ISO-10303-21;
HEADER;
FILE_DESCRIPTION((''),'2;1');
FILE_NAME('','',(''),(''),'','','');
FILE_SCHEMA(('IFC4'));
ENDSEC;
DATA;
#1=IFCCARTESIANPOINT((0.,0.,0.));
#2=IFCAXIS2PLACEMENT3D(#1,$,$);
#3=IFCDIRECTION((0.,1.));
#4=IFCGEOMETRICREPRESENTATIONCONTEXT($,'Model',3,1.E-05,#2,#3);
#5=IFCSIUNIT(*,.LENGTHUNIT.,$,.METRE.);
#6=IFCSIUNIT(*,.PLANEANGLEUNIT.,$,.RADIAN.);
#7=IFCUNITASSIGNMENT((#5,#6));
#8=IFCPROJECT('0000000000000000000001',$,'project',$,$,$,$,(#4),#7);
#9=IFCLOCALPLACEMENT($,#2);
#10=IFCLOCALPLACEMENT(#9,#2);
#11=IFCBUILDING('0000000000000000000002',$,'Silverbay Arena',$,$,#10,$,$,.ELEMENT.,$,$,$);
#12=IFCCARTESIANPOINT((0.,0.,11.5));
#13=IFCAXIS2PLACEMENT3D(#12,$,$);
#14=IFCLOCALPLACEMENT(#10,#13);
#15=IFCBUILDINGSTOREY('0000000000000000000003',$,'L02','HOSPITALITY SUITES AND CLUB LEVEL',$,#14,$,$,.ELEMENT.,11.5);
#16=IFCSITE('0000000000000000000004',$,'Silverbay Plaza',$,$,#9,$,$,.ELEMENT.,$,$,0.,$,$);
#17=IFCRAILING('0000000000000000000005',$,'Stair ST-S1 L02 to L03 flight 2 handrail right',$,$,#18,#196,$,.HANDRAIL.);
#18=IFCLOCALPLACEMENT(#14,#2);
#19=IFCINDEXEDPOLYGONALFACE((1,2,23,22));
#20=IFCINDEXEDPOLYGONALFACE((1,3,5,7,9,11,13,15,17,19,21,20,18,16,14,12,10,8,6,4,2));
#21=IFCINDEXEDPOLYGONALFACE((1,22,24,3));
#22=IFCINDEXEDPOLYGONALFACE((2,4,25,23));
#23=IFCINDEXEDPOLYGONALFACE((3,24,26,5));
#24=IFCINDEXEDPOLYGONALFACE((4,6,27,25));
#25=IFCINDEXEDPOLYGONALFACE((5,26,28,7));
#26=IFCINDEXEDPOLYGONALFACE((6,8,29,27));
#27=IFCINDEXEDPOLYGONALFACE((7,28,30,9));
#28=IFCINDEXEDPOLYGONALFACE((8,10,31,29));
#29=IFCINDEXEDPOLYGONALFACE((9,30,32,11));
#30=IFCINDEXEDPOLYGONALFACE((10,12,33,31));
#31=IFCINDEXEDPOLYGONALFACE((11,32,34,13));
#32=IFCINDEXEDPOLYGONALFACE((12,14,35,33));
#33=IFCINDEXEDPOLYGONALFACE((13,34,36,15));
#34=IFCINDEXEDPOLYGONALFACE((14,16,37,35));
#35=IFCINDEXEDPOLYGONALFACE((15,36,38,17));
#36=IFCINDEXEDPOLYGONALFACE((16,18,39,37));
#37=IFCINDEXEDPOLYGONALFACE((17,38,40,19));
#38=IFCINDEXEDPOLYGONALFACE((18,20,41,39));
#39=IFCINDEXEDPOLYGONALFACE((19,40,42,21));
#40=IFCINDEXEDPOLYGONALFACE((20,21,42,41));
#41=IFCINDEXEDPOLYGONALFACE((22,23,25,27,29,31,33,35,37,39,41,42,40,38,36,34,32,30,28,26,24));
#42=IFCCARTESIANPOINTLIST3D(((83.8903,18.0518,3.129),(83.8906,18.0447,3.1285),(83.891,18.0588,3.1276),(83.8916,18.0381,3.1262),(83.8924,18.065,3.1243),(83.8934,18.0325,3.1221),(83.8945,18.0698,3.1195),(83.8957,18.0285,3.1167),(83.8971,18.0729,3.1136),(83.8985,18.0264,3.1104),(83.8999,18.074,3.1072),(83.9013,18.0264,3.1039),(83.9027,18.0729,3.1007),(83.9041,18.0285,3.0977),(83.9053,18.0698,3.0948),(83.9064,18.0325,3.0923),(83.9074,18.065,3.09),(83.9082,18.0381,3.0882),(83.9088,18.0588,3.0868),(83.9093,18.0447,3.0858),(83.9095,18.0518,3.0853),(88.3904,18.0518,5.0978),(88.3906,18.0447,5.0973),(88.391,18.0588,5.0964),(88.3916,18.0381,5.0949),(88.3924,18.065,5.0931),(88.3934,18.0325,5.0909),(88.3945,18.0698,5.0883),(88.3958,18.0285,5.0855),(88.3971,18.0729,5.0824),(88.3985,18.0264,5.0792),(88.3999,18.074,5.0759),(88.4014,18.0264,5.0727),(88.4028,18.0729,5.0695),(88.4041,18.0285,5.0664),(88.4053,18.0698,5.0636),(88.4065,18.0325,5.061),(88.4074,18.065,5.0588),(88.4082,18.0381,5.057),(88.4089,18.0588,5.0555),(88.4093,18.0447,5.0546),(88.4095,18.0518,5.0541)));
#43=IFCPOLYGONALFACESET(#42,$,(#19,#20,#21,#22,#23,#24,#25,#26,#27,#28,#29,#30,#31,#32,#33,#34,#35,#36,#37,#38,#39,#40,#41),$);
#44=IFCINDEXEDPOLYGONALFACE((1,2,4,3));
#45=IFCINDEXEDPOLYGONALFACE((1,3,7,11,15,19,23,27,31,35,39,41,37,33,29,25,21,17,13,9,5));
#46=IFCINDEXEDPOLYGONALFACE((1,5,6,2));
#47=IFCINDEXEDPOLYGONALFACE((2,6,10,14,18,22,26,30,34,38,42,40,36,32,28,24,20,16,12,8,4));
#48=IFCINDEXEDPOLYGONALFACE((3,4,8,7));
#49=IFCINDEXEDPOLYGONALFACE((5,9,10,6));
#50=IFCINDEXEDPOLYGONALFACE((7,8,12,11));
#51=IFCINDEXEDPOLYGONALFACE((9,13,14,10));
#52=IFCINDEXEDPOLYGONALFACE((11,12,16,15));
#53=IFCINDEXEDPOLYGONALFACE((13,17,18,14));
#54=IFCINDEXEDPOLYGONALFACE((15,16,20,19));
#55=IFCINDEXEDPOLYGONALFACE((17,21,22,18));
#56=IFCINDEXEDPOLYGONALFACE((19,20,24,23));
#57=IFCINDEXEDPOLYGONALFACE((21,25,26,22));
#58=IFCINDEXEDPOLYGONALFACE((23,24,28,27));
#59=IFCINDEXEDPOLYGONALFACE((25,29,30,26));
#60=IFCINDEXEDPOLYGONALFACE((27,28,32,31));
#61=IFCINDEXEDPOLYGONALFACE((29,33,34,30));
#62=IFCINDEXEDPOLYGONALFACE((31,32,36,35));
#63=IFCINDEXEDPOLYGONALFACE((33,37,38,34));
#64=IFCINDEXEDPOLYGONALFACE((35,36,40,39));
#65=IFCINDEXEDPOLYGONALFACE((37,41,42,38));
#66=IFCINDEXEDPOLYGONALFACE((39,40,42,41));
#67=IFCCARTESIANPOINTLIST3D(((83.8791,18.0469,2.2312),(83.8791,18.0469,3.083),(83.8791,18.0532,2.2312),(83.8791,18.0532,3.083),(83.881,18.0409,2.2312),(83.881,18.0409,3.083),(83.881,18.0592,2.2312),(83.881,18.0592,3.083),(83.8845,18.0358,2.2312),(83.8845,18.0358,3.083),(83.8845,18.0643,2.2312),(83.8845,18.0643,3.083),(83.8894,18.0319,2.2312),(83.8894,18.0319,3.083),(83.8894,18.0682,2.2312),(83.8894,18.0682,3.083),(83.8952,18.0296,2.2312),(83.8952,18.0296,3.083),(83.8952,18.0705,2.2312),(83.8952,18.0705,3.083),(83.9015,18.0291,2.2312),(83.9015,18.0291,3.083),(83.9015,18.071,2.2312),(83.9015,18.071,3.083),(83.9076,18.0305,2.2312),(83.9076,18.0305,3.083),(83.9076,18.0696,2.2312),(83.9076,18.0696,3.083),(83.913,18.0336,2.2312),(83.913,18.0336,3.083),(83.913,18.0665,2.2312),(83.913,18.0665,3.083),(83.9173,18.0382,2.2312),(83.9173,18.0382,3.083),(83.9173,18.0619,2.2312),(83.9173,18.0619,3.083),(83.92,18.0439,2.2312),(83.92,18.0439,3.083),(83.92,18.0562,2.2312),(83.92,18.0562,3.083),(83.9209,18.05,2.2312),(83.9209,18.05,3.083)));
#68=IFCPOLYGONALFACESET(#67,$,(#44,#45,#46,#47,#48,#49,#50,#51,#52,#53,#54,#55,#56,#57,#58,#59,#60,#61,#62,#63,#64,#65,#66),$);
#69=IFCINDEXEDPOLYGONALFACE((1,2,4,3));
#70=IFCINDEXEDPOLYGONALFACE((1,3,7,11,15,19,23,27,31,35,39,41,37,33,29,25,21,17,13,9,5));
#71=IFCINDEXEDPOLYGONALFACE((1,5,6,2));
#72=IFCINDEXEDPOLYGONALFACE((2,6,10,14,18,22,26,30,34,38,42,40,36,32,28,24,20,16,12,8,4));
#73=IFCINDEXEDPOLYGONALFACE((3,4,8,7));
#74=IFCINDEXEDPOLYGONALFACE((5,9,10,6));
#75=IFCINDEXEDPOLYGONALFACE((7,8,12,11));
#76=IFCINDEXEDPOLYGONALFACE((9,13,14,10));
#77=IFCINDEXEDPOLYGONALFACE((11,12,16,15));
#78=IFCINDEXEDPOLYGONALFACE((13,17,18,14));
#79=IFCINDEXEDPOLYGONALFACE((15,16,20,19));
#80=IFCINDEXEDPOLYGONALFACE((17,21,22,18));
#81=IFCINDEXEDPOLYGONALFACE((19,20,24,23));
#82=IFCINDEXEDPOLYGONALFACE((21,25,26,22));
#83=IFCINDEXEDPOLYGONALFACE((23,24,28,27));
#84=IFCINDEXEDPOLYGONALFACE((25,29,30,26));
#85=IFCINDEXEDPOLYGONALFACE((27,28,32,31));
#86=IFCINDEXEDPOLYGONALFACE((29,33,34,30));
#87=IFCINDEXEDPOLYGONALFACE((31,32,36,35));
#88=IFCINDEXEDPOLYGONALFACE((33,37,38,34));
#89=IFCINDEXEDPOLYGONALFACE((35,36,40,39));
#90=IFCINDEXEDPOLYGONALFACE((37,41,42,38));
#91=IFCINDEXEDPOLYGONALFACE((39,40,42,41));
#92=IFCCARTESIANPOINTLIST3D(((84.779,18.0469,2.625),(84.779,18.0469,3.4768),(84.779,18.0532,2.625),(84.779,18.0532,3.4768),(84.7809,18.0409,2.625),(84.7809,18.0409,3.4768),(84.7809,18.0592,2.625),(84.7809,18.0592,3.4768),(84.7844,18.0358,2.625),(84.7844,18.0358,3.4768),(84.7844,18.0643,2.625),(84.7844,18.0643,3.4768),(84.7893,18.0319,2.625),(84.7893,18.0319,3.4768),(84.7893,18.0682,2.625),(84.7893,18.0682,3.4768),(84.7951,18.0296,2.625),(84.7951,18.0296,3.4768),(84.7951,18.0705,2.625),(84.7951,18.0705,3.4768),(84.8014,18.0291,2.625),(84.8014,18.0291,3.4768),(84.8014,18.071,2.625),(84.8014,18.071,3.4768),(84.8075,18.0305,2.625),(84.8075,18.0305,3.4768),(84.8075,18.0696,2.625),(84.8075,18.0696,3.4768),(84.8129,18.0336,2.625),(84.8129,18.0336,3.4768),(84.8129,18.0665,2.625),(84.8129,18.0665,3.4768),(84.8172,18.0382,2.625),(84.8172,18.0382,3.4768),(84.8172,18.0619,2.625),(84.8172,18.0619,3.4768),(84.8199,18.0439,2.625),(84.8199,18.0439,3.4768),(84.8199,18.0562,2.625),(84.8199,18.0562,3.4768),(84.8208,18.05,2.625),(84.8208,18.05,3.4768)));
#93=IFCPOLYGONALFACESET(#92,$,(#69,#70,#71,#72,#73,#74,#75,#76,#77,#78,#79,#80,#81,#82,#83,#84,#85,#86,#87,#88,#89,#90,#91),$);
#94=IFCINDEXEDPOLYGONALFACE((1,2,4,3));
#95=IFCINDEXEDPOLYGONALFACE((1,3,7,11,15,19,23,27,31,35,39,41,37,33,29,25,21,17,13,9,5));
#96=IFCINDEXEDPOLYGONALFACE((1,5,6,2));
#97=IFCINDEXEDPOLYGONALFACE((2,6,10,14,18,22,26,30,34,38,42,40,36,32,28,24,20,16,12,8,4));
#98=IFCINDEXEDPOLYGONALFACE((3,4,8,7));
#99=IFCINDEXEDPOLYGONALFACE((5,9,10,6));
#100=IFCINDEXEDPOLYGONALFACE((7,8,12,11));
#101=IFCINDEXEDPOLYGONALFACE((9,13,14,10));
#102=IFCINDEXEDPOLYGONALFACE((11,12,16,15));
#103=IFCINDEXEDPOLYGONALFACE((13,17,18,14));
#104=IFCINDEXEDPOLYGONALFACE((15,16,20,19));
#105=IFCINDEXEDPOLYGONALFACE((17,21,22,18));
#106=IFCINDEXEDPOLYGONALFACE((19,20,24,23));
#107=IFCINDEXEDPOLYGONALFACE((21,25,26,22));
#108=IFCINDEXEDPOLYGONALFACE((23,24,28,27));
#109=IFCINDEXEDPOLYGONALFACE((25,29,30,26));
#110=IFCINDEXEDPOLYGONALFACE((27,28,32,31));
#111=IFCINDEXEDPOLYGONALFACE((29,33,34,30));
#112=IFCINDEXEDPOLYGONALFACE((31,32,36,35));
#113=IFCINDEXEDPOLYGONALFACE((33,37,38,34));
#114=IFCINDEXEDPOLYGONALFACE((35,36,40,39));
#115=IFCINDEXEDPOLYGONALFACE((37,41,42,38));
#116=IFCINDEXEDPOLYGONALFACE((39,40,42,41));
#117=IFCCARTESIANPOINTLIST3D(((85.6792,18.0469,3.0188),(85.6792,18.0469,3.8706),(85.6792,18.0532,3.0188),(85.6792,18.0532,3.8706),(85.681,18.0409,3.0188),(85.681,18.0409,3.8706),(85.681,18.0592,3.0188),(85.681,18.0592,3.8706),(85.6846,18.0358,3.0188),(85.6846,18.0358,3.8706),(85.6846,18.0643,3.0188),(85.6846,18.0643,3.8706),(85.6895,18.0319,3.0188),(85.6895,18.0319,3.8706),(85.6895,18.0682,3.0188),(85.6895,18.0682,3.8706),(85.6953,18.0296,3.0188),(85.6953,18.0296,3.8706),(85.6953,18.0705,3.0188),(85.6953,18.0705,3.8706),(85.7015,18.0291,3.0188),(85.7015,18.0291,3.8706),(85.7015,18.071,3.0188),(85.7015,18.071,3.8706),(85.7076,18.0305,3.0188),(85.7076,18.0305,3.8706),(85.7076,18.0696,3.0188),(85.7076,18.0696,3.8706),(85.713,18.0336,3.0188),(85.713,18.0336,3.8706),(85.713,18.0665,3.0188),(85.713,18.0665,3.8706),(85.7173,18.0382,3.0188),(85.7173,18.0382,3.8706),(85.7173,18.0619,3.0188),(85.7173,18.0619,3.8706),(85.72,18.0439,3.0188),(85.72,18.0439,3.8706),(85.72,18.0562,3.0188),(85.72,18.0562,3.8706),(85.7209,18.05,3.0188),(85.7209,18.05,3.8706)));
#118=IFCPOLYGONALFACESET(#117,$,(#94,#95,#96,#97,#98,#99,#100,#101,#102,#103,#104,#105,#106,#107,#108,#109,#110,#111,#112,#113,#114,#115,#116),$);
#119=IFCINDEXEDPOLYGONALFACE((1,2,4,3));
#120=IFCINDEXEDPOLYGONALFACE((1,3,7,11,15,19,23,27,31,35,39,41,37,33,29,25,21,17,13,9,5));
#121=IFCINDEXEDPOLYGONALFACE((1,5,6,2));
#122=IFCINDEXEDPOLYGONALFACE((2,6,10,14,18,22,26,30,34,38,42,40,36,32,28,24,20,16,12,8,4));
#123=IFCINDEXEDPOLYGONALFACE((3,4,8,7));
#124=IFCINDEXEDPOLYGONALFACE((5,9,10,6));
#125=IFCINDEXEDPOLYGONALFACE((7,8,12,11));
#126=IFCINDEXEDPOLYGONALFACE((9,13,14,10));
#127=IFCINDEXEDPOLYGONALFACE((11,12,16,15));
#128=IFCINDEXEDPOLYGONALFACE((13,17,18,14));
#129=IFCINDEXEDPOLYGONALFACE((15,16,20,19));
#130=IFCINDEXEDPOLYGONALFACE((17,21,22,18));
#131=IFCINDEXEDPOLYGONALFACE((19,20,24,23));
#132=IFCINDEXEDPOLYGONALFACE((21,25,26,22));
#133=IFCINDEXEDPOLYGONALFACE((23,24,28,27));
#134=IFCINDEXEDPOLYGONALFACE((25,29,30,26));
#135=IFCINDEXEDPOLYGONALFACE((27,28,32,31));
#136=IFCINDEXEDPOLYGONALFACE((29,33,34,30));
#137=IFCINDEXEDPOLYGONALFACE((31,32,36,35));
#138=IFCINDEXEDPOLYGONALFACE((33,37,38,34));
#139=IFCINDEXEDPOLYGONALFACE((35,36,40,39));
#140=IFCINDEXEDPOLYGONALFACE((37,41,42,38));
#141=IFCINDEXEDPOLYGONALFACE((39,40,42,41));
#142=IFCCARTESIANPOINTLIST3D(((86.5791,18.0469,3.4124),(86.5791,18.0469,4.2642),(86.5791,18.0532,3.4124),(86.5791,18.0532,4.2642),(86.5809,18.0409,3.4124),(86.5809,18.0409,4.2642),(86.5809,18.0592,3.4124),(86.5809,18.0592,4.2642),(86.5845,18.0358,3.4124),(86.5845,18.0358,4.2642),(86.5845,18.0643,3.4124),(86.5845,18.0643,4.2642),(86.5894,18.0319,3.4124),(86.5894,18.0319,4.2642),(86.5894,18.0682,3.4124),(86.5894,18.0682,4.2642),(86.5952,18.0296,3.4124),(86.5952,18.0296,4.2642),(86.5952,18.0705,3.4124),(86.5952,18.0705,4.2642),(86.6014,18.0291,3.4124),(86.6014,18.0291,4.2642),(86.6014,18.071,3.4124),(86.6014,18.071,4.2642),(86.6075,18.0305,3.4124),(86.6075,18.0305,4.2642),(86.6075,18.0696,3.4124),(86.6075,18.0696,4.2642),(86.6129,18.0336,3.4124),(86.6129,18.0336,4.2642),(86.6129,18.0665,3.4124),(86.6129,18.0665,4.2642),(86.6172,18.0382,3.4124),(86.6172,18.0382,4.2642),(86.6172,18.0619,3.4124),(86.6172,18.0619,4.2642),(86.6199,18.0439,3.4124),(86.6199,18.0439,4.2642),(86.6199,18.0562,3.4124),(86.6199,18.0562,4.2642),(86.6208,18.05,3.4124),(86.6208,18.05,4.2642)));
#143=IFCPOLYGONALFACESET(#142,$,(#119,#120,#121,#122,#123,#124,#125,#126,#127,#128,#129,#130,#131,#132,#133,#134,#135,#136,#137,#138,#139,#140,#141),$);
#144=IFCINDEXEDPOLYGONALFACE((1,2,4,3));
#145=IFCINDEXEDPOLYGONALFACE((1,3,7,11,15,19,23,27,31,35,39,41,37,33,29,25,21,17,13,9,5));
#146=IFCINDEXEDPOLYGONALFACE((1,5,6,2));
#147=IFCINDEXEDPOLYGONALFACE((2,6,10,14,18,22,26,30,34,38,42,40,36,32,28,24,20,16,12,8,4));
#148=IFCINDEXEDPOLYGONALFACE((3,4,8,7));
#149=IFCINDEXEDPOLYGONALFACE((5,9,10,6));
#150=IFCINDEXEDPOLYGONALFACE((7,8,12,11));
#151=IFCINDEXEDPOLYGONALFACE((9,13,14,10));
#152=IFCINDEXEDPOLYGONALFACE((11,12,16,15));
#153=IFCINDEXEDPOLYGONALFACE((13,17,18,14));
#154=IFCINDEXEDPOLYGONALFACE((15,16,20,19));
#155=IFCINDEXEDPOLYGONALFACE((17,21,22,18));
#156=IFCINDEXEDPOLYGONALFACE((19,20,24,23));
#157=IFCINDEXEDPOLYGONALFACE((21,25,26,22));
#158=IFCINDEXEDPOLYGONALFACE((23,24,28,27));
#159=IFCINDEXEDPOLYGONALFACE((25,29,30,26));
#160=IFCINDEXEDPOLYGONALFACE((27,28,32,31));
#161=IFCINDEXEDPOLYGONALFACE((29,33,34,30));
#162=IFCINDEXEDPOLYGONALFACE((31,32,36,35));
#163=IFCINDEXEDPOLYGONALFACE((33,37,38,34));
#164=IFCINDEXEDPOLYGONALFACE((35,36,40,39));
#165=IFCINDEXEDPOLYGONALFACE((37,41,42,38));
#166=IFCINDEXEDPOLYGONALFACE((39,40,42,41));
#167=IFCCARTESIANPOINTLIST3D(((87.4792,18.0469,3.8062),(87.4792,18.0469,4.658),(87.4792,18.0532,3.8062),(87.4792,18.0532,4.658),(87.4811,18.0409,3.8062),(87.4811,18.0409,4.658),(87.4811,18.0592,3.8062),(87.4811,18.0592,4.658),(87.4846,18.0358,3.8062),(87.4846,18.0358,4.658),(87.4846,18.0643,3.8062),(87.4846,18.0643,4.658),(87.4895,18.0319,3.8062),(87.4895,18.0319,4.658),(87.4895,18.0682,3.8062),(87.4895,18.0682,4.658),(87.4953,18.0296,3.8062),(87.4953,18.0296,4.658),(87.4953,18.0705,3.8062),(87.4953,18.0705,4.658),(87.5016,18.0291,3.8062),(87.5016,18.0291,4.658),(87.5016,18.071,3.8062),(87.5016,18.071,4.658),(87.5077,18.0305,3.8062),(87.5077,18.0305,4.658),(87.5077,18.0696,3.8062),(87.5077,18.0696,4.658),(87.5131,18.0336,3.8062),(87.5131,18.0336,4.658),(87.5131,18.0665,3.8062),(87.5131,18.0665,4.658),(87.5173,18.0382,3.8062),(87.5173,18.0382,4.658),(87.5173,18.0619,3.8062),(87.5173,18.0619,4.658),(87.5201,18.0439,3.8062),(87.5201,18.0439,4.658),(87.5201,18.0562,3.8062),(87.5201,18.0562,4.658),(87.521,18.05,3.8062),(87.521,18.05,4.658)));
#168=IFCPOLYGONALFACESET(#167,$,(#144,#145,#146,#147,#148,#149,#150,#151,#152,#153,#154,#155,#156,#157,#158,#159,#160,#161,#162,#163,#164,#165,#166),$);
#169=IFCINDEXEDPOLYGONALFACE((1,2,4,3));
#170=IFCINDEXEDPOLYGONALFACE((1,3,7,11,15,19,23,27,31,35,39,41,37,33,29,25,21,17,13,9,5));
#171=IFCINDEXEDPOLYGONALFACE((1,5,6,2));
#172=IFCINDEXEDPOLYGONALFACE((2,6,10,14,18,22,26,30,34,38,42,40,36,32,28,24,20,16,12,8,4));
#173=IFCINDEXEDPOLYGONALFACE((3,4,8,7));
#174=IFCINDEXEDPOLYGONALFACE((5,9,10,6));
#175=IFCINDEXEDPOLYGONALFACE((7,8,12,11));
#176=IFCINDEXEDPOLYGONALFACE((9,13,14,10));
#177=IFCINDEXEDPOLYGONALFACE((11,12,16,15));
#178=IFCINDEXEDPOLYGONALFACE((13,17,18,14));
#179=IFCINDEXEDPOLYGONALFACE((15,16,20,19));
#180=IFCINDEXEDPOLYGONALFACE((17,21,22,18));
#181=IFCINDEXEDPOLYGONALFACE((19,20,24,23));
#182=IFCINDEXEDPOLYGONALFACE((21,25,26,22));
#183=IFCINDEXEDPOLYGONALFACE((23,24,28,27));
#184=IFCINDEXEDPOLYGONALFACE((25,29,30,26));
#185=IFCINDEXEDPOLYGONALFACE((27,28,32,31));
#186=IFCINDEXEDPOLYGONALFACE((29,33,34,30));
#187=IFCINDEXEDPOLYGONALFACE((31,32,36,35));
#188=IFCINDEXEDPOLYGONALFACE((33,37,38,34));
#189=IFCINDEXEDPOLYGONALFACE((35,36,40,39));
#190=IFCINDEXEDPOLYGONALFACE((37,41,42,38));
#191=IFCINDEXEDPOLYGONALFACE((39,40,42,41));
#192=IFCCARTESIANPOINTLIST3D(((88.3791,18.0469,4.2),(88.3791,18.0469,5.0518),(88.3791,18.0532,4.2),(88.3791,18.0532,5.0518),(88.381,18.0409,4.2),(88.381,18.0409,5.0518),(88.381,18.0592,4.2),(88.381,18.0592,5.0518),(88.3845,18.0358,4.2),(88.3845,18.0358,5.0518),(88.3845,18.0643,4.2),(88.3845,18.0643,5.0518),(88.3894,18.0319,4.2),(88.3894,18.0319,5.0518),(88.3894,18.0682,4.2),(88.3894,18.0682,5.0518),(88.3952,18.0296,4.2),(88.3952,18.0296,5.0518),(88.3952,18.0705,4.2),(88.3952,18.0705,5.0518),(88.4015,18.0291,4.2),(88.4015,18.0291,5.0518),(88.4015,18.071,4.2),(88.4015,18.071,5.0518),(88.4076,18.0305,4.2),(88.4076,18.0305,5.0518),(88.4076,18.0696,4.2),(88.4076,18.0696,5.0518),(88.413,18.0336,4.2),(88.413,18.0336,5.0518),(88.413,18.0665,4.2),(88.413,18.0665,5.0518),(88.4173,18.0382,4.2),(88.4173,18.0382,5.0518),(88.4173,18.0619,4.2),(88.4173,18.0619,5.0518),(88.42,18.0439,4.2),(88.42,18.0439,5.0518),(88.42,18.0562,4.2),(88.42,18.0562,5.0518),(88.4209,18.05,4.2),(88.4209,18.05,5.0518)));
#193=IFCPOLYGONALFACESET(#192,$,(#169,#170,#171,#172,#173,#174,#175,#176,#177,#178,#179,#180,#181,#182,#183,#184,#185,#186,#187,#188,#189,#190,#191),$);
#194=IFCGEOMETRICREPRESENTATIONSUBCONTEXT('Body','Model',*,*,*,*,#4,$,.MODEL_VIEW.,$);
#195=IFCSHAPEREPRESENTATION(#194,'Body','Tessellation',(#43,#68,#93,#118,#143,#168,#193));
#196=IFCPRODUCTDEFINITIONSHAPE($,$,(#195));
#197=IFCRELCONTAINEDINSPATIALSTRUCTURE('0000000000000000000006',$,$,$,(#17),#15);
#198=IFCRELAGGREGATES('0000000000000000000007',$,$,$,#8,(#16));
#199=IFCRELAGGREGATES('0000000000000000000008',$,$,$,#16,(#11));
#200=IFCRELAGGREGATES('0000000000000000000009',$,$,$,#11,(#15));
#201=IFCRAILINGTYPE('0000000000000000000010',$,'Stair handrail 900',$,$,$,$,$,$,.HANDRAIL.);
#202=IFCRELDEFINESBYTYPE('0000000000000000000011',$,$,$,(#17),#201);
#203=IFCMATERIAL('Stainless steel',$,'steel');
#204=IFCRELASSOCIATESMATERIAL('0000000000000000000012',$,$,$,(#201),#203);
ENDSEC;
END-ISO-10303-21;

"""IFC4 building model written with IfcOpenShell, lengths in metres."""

from ifc_helpers import new_model, si_unit, direction, frame, origin, origin_2d, place, context, subcontext, project, spatial, circle, extrude, material, type_object, element, save


model = new_model("IFC4")

# Units and contexts
model_context = context("Model", 3, precision=1e-05, world=origin(), true_north=direction((0.0, 1.0)))
body_context = subcontext(model_context, "Body", "Model", "MODEL_VIEW")
ifc_project = project(units=[si_unit("LENGTHUNIT", "METRE"), si_unit("PLANEANGLEUNIT", "RADIAN")], contexts=[model_context])

# Site, building, storey
site_placement = place(None, origin())
site = spatial("IfcSite", under=ifc_project, at=site_placement, Name="Silverbay Plaza", CompositionType="ELEMENT", RefElevation=0.0)
building_placement = place(site_placement, origin())
building = spatial("IfcBuilding", under=site, at=building_placement, Name="Silverbay Arena", CompositionType="ELEMENT")
storey_placement = place(building_placement, frame((0.0, 0.0, 11.5)))
storey = spatial("IfcBuildingStorey", under=building, at=storey_placement, Name="L02", Description="HOSPITALITY SUITES AND CLUB LEVEL", CompositionType="ELEMENT", Elevation=11.5)

# Railing
ifc_material_1 = material(Name="Stainless steel", Category="steel")
railing_type = type_object("IfcRailingType", Name="Stair handrail 900", PredefinedType="HANDRAIL", material=ifc_material_1)
railing_1_placement = place(storey_placement, frame((83.8999, 18.05, 2.2312)))
element("IfcRailing", 1, at=railing_1_placement, inside=storey, type_object=railing_type, Name="Stair ST-S1 L02 to L03 flight 2 handrail right", PredefinedType="HANDRAIL", context=body_context, shape_type="SweptSolid", body=[
    extrude(circle(Radius=0.0239, at=origin_2d()), frame((0.0, 0.0, 0.876), z_axis=(0.916157, 0.0, 0.400819), x_axis=(0.0, 1.0, 0.0)), (0.0, 0.0, 1.0), 4.9119),
    extrude(circle(Radius=0.021, at=origin_2d()), origin(), (0.0, 0.0, 1.0), 0.8518),
    extrude(circle(Radius=0.021, at=origin_2d()), frame((0.8999, 0.0, 0.3938)), (0.0, 0.0, 1.0), 0.8518),
    extrude(circle(Radius=0.021, at=origin_2d()), frame((1.8, 0.0, 0.7876)), (0.0, 0.0, 1.0), 0.8518),
    extrude(circle(Radius=0.021, at=origin_2d()), frame((2.7, 0.0, 1.1812)), (0.0, 0.0, 1.0), 0.8518),
    extrude(circle(Radius=0.021, at=origin_2d()), frame((3.6001, 0.0, 1.575)), (0.0, 0.0, 1.0), 0.8518),
    extrude(circle(Radius=0.021, at=origin_2d()), frame((4.5, 0.0, 1.9688)), (0.0, 0.0, 1.0), 0.8518),
])

save(model, "model.ifc")
